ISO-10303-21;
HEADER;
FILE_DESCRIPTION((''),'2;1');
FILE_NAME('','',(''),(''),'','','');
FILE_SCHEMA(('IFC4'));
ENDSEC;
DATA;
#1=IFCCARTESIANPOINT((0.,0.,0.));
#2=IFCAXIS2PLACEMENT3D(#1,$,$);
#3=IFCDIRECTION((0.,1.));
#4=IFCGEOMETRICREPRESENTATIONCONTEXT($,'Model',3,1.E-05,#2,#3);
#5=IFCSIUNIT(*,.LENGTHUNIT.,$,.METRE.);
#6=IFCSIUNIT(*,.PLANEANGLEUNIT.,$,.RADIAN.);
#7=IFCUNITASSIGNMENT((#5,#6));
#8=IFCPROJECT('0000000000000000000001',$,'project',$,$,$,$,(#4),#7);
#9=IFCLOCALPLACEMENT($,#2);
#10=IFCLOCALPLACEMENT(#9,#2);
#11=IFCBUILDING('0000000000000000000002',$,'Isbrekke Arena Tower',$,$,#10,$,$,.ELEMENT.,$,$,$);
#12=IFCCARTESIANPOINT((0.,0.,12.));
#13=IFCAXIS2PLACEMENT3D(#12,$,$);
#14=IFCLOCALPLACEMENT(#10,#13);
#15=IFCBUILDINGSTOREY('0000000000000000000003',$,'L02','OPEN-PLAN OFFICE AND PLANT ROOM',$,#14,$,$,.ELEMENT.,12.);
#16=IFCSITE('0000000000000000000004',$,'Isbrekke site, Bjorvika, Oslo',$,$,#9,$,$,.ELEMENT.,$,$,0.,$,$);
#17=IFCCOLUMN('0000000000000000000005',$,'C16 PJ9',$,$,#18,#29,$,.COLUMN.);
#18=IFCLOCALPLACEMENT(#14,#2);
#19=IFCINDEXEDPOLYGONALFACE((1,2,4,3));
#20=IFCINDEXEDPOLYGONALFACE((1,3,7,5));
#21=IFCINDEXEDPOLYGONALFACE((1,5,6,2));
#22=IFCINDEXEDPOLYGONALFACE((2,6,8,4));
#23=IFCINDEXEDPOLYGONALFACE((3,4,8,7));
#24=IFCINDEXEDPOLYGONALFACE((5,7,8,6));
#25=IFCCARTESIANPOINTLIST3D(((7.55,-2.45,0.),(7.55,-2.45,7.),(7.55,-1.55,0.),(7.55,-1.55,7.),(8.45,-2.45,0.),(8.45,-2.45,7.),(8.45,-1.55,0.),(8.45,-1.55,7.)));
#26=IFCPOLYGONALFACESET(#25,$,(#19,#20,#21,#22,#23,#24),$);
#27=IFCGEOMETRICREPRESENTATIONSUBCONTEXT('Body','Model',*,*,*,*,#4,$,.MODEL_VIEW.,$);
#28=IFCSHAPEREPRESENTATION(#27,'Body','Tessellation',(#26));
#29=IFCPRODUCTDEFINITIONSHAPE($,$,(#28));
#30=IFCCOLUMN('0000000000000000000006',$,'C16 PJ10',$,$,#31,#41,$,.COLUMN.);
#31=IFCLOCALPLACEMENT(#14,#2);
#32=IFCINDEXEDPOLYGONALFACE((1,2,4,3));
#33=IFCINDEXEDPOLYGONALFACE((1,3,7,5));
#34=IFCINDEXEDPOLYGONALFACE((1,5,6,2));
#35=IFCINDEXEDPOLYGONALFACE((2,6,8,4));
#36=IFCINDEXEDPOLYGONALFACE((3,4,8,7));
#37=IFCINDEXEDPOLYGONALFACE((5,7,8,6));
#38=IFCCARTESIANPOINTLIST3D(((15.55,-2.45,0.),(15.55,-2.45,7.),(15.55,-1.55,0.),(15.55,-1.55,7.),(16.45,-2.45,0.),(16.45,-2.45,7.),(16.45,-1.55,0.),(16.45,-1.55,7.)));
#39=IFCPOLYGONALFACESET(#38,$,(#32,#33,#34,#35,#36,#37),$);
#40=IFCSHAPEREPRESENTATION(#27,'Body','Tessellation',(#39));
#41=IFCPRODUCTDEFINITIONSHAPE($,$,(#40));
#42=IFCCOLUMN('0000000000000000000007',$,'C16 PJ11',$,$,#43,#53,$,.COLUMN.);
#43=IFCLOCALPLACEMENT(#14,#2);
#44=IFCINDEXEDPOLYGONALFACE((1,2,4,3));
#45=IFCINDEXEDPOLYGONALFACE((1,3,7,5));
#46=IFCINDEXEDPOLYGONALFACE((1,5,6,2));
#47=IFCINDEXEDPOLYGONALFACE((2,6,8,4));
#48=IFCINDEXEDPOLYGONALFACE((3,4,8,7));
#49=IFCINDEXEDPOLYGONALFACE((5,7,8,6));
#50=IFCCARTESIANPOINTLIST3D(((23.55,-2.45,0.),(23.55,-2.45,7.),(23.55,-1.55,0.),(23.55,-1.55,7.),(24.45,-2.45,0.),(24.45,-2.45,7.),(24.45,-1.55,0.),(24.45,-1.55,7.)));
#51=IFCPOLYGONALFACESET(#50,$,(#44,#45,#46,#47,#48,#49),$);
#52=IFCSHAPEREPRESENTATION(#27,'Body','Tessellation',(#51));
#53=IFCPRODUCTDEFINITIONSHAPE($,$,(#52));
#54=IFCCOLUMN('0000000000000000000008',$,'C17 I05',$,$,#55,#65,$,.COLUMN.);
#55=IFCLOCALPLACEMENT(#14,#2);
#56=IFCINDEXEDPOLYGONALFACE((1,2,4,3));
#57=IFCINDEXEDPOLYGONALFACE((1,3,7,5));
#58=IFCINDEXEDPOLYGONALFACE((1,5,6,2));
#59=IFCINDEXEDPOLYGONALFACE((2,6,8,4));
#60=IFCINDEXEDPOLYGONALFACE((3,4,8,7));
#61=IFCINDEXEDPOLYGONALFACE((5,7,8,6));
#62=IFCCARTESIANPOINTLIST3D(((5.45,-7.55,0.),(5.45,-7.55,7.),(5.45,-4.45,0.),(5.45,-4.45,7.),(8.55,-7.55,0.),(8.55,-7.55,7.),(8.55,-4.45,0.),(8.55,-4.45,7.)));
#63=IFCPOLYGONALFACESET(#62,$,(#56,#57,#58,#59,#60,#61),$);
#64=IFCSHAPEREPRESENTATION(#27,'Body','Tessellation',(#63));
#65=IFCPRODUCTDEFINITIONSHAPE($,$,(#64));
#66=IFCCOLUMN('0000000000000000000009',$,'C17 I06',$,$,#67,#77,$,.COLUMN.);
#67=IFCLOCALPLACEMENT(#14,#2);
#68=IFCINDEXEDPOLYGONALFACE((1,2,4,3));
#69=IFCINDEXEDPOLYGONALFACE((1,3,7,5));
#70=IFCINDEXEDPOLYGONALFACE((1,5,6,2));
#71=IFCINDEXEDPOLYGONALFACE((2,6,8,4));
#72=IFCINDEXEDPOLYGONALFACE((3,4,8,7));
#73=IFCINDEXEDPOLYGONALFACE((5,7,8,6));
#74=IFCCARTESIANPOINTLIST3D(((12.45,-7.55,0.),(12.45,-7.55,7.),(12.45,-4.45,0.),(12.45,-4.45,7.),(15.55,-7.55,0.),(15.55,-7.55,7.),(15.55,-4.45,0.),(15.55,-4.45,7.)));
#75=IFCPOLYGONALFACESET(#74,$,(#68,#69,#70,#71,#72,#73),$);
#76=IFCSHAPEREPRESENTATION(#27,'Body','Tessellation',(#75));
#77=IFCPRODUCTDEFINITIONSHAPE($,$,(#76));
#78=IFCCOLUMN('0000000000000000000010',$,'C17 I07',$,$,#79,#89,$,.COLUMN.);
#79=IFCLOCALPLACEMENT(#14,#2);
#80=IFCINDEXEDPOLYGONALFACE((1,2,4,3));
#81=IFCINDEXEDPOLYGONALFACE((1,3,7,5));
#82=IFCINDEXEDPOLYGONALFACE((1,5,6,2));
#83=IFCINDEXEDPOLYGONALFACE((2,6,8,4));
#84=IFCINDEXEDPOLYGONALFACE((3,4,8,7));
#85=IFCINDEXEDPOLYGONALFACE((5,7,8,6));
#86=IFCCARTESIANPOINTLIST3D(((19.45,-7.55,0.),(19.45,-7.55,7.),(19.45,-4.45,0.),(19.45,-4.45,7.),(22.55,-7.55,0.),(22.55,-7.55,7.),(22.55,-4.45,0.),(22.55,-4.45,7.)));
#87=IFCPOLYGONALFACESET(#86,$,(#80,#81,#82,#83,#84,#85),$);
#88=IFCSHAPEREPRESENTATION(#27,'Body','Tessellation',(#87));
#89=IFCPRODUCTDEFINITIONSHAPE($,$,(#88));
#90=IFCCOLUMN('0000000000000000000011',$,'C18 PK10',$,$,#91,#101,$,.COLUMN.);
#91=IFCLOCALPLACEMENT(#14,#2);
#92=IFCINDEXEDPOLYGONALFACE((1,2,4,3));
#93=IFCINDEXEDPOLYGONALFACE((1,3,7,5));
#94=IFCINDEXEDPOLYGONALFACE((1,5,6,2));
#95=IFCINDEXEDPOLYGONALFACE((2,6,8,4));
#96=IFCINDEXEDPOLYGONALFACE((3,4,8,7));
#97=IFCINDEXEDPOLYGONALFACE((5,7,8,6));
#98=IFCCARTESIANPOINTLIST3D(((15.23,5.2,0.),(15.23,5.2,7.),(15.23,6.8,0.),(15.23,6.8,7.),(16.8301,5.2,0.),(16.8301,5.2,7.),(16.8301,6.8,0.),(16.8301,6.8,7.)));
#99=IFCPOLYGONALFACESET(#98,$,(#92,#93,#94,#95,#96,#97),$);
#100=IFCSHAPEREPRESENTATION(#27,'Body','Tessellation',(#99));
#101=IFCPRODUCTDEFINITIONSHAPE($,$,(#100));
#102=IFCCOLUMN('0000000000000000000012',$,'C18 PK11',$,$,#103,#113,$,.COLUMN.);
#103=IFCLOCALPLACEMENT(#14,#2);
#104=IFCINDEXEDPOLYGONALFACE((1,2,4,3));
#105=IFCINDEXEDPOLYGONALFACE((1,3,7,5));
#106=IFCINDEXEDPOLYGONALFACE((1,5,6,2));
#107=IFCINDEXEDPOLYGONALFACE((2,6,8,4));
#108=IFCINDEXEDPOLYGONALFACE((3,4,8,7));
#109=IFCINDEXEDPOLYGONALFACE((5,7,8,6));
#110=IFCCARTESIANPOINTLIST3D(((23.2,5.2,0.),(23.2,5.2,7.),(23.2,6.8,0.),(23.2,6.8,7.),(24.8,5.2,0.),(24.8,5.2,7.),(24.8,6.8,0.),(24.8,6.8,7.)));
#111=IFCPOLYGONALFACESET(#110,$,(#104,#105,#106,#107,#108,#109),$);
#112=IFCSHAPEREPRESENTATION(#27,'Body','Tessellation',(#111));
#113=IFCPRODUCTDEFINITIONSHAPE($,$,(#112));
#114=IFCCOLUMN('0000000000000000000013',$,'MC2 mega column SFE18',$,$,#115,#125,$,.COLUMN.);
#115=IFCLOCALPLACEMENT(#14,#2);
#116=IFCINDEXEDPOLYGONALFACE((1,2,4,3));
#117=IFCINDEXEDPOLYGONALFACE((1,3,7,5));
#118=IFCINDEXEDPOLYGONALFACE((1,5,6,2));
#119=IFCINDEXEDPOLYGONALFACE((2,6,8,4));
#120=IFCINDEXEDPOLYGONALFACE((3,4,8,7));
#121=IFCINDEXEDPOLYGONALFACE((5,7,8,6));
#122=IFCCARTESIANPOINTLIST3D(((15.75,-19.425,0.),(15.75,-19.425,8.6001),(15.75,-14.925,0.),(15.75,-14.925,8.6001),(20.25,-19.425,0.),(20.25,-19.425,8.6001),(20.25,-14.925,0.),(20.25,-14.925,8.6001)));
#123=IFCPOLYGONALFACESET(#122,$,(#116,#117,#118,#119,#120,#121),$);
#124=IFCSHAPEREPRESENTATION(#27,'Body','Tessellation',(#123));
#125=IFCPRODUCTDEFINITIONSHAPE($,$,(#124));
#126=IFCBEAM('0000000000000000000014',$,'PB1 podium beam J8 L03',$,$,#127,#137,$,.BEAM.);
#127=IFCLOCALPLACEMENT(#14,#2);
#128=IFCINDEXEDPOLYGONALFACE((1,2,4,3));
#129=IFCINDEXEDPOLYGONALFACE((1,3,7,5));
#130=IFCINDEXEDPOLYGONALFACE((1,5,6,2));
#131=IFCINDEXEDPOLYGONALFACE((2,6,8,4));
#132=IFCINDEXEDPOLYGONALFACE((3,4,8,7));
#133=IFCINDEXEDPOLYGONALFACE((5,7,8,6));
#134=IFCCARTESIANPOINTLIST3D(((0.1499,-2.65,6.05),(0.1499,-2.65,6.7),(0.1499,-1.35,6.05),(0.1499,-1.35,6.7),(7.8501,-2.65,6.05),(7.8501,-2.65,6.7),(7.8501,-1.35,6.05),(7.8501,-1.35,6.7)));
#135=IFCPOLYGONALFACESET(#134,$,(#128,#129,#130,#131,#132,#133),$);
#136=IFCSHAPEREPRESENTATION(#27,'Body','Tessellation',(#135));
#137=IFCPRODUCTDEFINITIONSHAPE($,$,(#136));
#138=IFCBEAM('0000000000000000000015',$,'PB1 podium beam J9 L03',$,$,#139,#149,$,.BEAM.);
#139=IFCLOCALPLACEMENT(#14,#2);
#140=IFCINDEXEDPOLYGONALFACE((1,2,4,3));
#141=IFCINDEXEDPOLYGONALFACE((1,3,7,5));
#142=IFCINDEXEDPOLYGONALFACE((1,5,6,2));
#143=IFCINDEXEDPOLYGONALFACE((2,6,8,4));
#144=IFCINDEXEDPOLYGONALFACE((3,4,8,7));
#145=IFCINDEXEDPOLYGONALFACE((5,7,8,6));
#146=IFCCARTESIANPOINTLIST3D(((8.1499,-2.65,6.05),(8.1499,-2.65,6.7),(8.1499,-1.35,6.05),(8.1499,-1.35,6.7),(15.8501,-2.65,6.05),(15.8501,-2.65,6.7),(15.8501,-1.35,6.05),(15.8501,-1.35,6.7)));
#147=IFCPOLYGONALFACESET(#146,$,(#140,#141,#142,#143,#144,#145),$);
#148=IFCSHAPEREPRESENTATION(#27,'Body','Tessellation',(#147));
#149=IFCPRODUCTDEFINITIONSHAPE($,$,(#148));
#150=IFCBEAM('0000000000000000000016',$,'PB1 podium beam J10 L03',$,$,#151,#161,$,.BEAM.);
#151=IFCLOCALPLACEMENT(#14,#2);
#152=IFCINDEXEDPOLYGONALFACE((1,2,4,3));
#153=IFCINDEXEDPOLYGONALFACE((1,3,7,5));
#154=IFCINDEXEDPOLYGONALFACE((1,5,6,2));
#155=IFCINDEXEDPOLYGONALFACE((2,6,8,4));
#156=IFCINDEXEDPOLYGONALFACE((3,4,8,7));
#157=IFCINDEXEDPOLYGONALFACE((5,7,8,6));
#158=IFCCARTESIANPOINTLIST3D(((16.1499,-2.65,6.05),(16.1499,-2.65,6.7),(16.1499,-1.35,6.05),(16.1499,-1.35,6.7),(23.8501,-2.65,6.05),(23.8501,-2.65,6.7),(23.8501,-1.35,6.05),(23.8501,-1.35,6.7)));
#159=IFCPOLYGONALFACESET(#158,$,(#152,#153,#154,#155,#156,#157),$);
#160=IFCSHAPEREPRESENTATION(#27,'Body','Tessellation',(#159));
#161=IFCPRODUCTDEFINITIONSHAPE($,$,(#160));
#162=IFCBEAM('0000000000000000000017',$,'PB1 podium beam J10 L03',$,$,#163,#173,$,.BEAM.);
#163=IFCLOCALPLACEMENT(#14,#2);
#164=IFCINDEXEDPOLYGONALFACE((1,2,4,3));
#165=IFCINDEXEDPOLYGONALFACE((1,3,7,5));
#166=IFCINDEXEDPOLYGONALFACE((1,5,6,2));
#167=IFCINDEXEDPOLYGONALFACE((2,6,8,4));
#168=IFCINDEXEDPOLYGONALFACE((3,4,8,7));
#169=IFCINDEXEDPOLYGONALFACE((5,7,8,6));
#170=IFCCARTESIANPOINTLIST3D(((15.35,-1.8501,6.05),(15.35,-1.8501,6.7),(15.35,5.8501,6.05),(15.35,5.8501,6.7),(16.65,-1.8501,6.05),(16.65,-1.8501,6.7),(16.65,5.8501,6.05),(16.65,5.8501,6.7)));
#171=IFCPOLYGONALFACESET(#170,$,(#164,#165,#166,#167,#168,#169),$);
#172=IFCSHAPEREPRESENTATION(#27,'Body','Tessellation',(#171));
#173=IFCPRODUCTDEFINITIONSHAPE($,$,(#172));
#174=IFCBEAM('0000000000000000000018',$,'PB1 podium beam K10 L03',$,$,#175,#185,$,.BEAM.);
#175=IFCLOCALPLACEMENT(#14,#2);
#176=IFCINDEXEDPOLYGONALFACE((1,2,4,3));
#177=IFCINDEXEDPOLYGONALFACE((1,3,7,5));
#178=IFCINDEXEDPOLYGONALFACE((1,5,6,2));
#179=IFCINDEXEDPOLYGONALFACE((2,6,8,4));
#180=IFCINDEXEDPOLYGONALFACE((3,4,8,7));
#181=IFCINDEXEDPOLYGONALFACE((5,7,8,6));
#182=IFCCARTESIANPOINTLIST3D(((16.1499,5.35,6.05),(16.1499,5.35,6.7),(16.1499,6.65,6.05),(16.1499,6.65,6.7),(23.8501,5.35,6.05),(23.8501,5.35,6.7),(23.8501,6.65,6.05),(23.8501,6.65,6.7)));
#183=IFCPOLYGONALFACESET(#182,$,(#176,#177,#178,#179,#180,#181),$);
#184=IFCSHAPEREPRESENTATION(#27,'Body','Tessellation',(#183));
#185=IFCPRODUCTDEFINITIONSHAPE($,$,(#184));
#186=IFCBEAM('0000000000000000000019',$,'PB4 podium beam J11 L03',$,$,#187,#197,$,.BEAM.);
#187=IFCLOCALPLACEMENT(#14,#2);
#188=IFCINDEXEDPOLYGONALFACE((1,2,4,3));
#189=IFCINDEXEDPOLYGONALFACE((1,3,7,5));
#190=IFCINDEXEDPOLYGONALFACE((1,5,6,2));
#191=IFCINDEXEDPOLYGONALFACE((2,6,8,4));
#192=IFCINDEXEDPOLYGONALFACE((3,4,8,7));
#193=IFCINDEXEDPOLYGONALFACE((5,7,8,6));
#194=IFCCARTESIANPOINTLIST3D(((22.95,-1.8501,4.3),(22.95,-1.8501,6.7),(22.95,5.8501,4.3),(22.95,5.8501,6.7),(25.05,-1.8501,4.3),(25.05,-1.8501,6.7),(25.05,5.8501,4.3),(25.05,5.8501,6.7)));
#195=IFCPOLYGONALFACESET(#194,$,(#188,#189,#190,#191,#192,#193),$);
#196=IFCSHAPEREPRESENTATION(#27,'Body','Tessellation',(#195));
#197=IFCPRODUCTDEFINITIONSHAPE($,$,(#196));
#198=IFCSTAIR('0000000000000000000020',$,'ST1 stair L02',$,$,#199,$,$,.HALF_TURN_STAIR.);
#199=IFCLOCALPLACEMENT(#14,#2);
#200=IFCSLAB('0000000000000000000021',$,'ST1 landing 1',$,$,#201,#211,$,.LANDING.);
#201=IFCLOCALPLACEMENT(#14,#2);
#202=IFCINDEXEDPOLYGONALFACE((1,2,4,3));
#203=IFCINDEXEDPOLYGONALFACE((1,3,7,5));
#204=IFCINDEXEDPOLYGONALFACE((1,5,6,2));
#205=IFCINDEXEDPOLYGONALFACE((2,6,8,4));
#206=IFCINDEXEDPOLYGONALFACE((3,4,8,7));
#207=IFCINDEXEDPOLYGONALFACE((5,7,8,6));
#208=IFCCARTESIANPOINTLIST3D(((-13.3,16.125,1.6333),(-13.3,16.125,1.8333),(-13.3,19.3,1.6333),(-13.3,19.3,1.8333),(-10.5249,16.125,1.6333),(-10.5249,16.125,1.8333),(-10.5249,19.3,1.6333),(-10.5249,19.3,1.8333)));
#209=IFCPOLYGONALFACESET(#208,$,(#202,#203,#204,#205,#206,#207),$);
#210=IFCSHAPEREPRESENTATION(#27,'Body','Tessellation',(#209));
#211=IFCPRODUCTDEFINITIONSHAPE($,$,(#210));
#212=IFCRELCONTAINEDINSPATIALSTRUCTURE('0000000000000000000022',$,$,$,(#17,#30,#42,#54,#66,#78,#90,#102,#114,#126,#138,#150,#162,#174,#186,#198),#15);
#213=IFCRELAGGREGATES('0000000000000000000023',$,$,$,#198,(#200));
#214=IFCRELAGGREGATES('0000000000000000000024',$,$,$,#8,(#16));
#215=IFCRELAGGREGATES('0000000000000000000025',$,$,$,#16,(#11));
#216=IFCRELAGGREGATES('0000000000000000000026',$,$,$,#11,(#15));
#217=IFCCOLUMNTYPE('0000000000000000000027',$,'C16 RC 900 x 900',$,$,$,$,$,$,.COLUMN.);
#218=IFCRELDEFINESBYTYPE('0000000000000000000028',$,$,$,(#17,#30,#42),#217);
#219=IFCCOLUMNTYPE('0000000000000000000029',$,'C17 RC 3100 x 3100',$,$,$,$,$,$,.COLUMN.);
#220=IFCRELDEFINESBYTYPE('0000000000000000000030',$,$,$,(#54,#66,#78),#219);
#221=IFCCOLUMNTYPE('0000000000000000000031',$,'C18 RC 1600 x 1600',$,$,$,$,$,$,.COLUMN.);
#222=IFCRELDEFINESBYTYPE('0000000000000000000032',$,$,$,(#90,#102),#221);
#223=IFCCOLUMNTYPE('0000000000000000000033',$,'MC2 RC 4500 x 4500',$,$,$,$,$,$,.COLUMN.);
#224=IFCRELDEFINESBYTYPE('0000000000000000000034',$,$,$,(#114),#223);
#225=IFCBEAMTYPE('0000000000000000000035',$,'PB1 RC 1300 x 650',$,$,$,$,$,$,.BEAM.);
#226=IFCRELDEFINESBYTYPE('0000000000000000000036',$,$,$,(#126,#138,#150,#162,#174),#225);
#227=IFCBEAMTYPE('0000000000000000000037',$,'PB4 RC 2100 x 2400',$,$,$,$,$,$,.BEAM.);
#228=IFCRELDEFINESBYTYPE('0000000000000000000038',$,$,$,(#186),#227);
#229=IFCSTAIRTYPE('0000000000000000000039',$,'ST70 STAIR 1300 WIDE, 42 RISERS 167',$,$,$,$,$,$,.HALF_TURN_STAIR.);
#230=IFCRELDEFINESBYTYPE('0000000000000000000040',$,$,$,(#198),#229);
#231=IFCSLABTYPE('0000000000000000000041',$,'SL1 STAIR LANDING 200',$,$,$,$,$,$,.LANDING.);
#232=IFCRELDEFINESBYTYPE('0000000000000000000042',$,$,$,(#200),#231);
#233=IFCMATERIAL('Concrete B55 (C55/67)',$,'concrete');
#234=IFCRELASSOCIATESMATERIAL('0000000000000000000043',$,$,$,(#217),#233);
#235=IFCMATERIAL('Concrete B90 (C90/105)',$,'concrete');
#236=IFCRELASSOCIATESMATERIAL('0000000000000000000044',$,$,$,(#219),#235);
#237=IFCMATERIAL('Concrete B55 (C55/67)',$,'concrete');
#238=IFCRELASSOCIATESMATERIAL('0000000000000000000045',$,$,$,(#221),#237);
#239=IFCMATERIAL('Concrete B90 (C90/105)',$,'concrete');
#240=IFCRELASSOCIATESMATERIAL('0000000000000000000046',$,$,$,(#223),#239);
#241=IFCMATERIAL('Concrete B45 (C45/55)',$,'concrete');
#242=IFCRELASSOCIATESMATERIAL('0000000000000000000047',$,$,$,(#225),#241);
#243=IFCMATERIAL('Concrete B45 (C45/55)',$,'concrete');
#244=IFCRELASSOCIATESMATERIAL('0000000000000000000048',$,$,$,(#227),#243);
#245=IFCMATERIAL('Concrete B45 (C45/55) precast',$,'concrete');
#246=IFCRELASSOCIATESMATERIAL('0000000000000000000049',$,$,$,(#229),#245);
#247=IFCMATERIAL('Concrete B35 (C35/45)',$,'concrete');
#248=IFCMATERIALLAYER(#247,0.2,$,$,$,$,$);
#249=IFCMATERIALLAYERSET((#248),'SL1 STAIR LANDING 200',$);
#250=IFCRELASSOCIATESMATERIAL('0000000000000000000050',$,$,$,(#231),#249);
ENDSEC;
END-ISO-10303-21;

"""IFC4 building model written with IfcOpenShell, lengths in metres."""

from ifc_helpers import new_model, si_unit, direction, frame, origin, origin_2d, place, context, subcontext, project, spatial, polyline, rectangle, outline, extrude, material, layer, layer_set, material_profile, profile_set, type_object, element, aggregate, save


model = new_model("IFC4")

# Units and contexts
model_context = context("Model", 3, precision=1e-05, world=origin(), true_north=direction((0.0, 1.0)))
body_context = subcontext(model_context, "Body", "Model", "MODEL_VIEW")
ifc_project = project(units=[si_unit("LENGTHUNIT", "METRE"), si_unit("PLANEANGLEUNIT", "RADIAN")], contexts=[model_context])

# Site, building, storey
site_placement = place(None, origin())
site = spatial("IfcSite", under=ifc_project, at=site_placement, Name="Isbrekke site, Bjorvika, Oslo", CompositionType="ELEMENT", RefElevation=0.0)
building_placement = place(site_placement, origin())
building = spatial("IfcBuilding", under=site, at=building_placement, Name="Isbrekke Arena Tower", CompositionType="ELEMENT")
storey_placement = place(building_placement, frame((0.0, 0.0, 12.0)))
storey = spatial("IfcBuildingStorey", under=building, at=storey_placement, Name="L02", Description="OPEN-PLAN OFFICE AND PLANT ROOM", CompositionType="ELEMENT", Elevation=12.0)

# Columns
ifc_material_1 = material(Name="Concrete B55 (C55/67)", Category="concrete")
ifc_material_profile_1 = material_profile(ifc_material_1, rectangle(XDim=0.8999, YDim=0.8999, at=origin_2d()), Name="RC 900x900")
ifc_profile_set_1 = profile_set([ifc_material_profile_1], Name="Concrete B55 (C55/67)")
column_type_1 = type_object("IfcColumnType", Name="C16 RC 900 x 900", PredefinedType="COLUMN", material=ifc_profile_set_1)
for number, where, z_axis, x_axis, name in (
    (1, (8.0, -2.0, 0.0), (0.0, 0.0, 1.0), (1.0, 0.0, 0.0), "C16 PJ9"),
    (2, (16.0, -2.0, 0.0), (0.0, 0.0, 1.0), (1.0, 0.0, 0.0), "C16 PJ10"),
    (3, (24.0, -2.0, 0.0), (0.0, 0.0, 1.0), (1.0, 0.0, 0.0), "C16 PJ11"),
):
    element("IfcColumn", number, at=place(storey_placement, frame(where, z_axis=z_axis, x_axis=x_axis)), inside=storey, type_object=column_type_1, Name=name, PredefinedType="COLUMN", context=body_context, shape_type="SweptSolid", body=[
        extrude(rectangle(XDim=0.8999, YDim=0.8999, at=origin_2d()), origin(), (0.0, 0.0, 1.0), 7.0),
    ])
ifc_material_2 = material(Name="Concrete B90 (C90/105)", Category="concrete")
ifc_material_profile_2 = material_profile(ifc_material_2, rectangle(XDim=3.1001, YDim=3.1001, at=origin_2d()), Name="RC 3100x3100")
ifc_profile_set_2 = profile_set([ifc_material_profile_2], Name="Concrete B90 (C90/105)")
column_type_2 = type_object("IfcColumnType", Name="C17 RC 3100 x 3100", PredefinedType="COLUMN", material=ifc_profile_set_2)
for number, where, z_axis, x_axis, name in (
    (4, (7.0, -6.0, 0.0), (0.0, 0.0, 1.0), (1.0, 0.0, 0.0), "C17 I05"),
    (5, (14.0, -6.0, 0.0), (0.0, 0.0, 1.0), (1.0, 0.0, 0.0), "C17 I06"),
    (6, (21.0, -6.0, 0.0), (0.0, 0.0, 1.0), (1.0, 0.0, 0.0), "C17 I07"),
):
    element("IfcColumn", number, at=place(storey_placement, frame(where, z_axis=z_axis, x_axis=x_axis)), inside=storey, type_object=column_type_2, Name=name, PredefinedType="COLUMN", context=body_context, shape_type="SweptSolid", body=[
        extrude(rectangle(XDim=3.1001, YDim=3.1001, at=origin_2d()), origin(), (0.0, 0.0, 1.0), 7.0),
    ])
ifc_material_3 = material(Name="Concrete B55 (C55/67)", Category="concrete")
ifc_material_profile_3 = material_profile(ifc_material_3, rectangle(XDim=1.6001, YDim=1.6001, at=origin_2d()), Name="RC 1600x1600")
ifc_profile_set_3 = profile_set([ifc_material_profile_3], Name="Concrete B55 (C55/67)")
column_type_3 = type_object("IfcColumnType", Name="C18 RC 1600 x 1600", PredefinedType="COLUMN", material=ifc_profile_set_3)
for number, where, z_axis, x_axis, name in (
    (7, (16.03, 6.0, 0.0), (0.0, 0.0, 1.0), (1.0, 0.0, 0.0), "C18 PK10"),
    (8, (24.0, 6.0, 0.0), (0.0, 0.0, 1.0), (1.0, 0.0, 0.0), "C18 PK11"),
):
    element("IfcColumn", number, at=place(storey_placement, frame(where, z_axis=z_axis, x_axis=x_axis)), inside=storey, type_object=column_type_3, Name=name, PredefinedType="COLUMN", context=body_context, shape_type="SweptSolid", body=[
        extrude(rectangle(XDim=1.6001, YDim=1.6001, at=origin_2d()), origin(), (0.0, 0.0, 1.0), 7.0),
    ])
ifc_material_4 = material(Name="Concrete B90 (C90/105)", Category="concrete")
ifc_material_profile_4 = material_profile(ifc_material_4, rectangle(XDim=4.5, YDim=4.5, at=origin_2d()), Name="RC 4500x4500")
ifc_profile_set_4 = profile_set([ifc_material_profile_4], Name="Concrete B90 (C90/105)")
column_type_4 = type_object("IfcColumnType", Name="MC2 RC 4500 x 4500", PredefinedType="COLUMN", material=ifc_profile_set_4)
column_placement = place(storey_placement, frame((18.0, -17.175, 0.0), z_axis=(0.0, 0.0, 1.0), x_axis=(1.0, 0.0, 0.0)))
element("IfcColumn", 9, at=column_placement, inside=storey, type_object=column_type_4, Name="MC2 mega column SFE18", PredefinedType="COLUMN", context=body_context, shape_type="SweptSolid", body=[
    extrude(rectangle(XDim=4.5, YDim=4.5, at=origin_2d()), origin(), (0.0, 0.0, 1.0), 8.6001),
])

# Beams
ifc_material_5 = material(Name="Concrete B45 (C45/55)", Category="concrete")
ifc_material_profile_5 = material_profile(ifc_material_5, rectangle(XDim=1.3, YDim=0.6499, at=origin_2d()), Name="RC 1300x650")
ifc_profile_set_5 = profile_set([ifc_material_profile_5], Name="Concrete B45 (C45/55)")
beam_type_1 = type_object("IfcBeamType", Name="PB1 RC 1300 x 650", PredefinedType="BEAM", material=ifc_profile_set_5)
for number, where, z_axis, x_axis, name in (
    (10, (0.1499, -2.0, 6.375), (1.0, 0.0, 0.0), (0.0, 1.0, 0.0), "PB1 podium beam J8 L03"),
    (11, (8.1499, -2.0, 6.375), (1.0, 0.0, 0.0), (0.0, 1.0, 0.0), "PB1 podium beam J9 L03"),
    (12, (16.1499, -2.0, 6.375), (1.0, 0.0, 0.0), (0.0, 1.0, 0.0), "PB1 podium beam J10 L03"),
    (13, (16.0, -1.8501, 6.375), (0.0, 1.0, 0.0), (-1.0, 0.0, 0.0), "PB1 podium beam J10 L03"),
    (14, (16.1499, 6.0, 6.375), (1.0, 0.0, 0.0), (0.0, 1.0, 0.0), "PB1 podium beam K10 L03"),
):
    element("IfcBeam", number, at=place(storey_placement, frame(where, z_axis=z_axis, x_axis=x_axis)), inside=storey, type_object=beam_type_1, Name=name, PredefinedType="BEAM", context=body_context, shape_type="SweptSolid", body=[
        extrude(rectangle(XDim=1.3, YDim=0.6499, at=origin_2d()), origin(), (0.0, 0.0, 1.0), 7.7002),
    ])
ifc_material_6 = material(Name="Concrete B45 (C45/55)", Category="concrete")
ifc_material_profile_6 = material_profile(ifc_material_6, rectangle(XDim=2.1001, YDim=2.3999, at=origin_2d()), Name="RC 2100x2400")
ifc_profile_set_6 = profile_set([ifc_material_profile_6], Name="Concrete B45 (C45/55)")
beam_type_2 = type_object("IfcBeamType", Name="PB4 RC 2100 x 2400", PredefinedType="BEAM", material=ifc_profile_set_6)
beam_placement = place(storey_placement, frame((24.0, -1.8501, 5.5), z_axis=(0.0, 1.0, 0.0), x_axis=(-1.0, 0.0, 0.0)))
element("IfcBeam", 15, at=beam_placement, inside=storey, type_object=beam_type_2, Name="PB4 podium beam J11 L03", PredefinedType="BEAM", context=body_context, shape_type="SweptSolid", body=[
    extrude(rectangle(XDim=2.1001, YDim=2.3999, at=origin_2d()), origin(), (0.0, 0.0, 1.0), 7.7002),
])

# Stair, slab
ifc_material_7 = material(Name="Concrete B45 (C45/55) precast", Category="concrete")
stair_type = type_object("IfcStairType", Name="ST70 STAIR 1300 WIDE, 42 RISERS 167", PredefinedType="HALF_TURN_STAIR", material=ifc_material_7)
stair_1_placement = place(storey_placement, origin())
stair_1 = element("IfcStair", 16, at=stair_1_placement, inside=storey, type_object=stair_type, Name="ST1 stair L02", PredefinedType="HALF_TURN_STAIR")
ifc_material_8 = material(Name="Concrete B35 (C35/45)", Category="concrete")
ifc_layer_1 = layer(ifc_material_8, 0.2)
ifc_layer_set_1 = layer_set([ifc_layer_1], Name="SL1 STAIR LANDING 200")
slab_type = type_object("IfcSlabType", Name="SL1 STAIR LANDING 200", PredefinedType="LANDING", material=ifc_layer_set_1)
slab_1_placement = place(storey_placement, frame((0.0, 0.0, 1.6333)))
slab_1 = element("IfcSlab", 17, at=slab_1_placement, type_object=slab_type, Name="ST1 landing 1", PredefinedType="LANDING", context=body_context, shape_type="SweptSolid", body=[
    extrude(outline(polyline([(-13.3, 16.125), (-10.5249, 16.125), (-10.5249, 19.3), (-13.3, 19.3), (-13.3, 16.125)])), origin(), (0.0, 0.0, 1.0), 0.2),
])
aggregate(stair_1, [slab_1])

save(model, "model.ifc")
